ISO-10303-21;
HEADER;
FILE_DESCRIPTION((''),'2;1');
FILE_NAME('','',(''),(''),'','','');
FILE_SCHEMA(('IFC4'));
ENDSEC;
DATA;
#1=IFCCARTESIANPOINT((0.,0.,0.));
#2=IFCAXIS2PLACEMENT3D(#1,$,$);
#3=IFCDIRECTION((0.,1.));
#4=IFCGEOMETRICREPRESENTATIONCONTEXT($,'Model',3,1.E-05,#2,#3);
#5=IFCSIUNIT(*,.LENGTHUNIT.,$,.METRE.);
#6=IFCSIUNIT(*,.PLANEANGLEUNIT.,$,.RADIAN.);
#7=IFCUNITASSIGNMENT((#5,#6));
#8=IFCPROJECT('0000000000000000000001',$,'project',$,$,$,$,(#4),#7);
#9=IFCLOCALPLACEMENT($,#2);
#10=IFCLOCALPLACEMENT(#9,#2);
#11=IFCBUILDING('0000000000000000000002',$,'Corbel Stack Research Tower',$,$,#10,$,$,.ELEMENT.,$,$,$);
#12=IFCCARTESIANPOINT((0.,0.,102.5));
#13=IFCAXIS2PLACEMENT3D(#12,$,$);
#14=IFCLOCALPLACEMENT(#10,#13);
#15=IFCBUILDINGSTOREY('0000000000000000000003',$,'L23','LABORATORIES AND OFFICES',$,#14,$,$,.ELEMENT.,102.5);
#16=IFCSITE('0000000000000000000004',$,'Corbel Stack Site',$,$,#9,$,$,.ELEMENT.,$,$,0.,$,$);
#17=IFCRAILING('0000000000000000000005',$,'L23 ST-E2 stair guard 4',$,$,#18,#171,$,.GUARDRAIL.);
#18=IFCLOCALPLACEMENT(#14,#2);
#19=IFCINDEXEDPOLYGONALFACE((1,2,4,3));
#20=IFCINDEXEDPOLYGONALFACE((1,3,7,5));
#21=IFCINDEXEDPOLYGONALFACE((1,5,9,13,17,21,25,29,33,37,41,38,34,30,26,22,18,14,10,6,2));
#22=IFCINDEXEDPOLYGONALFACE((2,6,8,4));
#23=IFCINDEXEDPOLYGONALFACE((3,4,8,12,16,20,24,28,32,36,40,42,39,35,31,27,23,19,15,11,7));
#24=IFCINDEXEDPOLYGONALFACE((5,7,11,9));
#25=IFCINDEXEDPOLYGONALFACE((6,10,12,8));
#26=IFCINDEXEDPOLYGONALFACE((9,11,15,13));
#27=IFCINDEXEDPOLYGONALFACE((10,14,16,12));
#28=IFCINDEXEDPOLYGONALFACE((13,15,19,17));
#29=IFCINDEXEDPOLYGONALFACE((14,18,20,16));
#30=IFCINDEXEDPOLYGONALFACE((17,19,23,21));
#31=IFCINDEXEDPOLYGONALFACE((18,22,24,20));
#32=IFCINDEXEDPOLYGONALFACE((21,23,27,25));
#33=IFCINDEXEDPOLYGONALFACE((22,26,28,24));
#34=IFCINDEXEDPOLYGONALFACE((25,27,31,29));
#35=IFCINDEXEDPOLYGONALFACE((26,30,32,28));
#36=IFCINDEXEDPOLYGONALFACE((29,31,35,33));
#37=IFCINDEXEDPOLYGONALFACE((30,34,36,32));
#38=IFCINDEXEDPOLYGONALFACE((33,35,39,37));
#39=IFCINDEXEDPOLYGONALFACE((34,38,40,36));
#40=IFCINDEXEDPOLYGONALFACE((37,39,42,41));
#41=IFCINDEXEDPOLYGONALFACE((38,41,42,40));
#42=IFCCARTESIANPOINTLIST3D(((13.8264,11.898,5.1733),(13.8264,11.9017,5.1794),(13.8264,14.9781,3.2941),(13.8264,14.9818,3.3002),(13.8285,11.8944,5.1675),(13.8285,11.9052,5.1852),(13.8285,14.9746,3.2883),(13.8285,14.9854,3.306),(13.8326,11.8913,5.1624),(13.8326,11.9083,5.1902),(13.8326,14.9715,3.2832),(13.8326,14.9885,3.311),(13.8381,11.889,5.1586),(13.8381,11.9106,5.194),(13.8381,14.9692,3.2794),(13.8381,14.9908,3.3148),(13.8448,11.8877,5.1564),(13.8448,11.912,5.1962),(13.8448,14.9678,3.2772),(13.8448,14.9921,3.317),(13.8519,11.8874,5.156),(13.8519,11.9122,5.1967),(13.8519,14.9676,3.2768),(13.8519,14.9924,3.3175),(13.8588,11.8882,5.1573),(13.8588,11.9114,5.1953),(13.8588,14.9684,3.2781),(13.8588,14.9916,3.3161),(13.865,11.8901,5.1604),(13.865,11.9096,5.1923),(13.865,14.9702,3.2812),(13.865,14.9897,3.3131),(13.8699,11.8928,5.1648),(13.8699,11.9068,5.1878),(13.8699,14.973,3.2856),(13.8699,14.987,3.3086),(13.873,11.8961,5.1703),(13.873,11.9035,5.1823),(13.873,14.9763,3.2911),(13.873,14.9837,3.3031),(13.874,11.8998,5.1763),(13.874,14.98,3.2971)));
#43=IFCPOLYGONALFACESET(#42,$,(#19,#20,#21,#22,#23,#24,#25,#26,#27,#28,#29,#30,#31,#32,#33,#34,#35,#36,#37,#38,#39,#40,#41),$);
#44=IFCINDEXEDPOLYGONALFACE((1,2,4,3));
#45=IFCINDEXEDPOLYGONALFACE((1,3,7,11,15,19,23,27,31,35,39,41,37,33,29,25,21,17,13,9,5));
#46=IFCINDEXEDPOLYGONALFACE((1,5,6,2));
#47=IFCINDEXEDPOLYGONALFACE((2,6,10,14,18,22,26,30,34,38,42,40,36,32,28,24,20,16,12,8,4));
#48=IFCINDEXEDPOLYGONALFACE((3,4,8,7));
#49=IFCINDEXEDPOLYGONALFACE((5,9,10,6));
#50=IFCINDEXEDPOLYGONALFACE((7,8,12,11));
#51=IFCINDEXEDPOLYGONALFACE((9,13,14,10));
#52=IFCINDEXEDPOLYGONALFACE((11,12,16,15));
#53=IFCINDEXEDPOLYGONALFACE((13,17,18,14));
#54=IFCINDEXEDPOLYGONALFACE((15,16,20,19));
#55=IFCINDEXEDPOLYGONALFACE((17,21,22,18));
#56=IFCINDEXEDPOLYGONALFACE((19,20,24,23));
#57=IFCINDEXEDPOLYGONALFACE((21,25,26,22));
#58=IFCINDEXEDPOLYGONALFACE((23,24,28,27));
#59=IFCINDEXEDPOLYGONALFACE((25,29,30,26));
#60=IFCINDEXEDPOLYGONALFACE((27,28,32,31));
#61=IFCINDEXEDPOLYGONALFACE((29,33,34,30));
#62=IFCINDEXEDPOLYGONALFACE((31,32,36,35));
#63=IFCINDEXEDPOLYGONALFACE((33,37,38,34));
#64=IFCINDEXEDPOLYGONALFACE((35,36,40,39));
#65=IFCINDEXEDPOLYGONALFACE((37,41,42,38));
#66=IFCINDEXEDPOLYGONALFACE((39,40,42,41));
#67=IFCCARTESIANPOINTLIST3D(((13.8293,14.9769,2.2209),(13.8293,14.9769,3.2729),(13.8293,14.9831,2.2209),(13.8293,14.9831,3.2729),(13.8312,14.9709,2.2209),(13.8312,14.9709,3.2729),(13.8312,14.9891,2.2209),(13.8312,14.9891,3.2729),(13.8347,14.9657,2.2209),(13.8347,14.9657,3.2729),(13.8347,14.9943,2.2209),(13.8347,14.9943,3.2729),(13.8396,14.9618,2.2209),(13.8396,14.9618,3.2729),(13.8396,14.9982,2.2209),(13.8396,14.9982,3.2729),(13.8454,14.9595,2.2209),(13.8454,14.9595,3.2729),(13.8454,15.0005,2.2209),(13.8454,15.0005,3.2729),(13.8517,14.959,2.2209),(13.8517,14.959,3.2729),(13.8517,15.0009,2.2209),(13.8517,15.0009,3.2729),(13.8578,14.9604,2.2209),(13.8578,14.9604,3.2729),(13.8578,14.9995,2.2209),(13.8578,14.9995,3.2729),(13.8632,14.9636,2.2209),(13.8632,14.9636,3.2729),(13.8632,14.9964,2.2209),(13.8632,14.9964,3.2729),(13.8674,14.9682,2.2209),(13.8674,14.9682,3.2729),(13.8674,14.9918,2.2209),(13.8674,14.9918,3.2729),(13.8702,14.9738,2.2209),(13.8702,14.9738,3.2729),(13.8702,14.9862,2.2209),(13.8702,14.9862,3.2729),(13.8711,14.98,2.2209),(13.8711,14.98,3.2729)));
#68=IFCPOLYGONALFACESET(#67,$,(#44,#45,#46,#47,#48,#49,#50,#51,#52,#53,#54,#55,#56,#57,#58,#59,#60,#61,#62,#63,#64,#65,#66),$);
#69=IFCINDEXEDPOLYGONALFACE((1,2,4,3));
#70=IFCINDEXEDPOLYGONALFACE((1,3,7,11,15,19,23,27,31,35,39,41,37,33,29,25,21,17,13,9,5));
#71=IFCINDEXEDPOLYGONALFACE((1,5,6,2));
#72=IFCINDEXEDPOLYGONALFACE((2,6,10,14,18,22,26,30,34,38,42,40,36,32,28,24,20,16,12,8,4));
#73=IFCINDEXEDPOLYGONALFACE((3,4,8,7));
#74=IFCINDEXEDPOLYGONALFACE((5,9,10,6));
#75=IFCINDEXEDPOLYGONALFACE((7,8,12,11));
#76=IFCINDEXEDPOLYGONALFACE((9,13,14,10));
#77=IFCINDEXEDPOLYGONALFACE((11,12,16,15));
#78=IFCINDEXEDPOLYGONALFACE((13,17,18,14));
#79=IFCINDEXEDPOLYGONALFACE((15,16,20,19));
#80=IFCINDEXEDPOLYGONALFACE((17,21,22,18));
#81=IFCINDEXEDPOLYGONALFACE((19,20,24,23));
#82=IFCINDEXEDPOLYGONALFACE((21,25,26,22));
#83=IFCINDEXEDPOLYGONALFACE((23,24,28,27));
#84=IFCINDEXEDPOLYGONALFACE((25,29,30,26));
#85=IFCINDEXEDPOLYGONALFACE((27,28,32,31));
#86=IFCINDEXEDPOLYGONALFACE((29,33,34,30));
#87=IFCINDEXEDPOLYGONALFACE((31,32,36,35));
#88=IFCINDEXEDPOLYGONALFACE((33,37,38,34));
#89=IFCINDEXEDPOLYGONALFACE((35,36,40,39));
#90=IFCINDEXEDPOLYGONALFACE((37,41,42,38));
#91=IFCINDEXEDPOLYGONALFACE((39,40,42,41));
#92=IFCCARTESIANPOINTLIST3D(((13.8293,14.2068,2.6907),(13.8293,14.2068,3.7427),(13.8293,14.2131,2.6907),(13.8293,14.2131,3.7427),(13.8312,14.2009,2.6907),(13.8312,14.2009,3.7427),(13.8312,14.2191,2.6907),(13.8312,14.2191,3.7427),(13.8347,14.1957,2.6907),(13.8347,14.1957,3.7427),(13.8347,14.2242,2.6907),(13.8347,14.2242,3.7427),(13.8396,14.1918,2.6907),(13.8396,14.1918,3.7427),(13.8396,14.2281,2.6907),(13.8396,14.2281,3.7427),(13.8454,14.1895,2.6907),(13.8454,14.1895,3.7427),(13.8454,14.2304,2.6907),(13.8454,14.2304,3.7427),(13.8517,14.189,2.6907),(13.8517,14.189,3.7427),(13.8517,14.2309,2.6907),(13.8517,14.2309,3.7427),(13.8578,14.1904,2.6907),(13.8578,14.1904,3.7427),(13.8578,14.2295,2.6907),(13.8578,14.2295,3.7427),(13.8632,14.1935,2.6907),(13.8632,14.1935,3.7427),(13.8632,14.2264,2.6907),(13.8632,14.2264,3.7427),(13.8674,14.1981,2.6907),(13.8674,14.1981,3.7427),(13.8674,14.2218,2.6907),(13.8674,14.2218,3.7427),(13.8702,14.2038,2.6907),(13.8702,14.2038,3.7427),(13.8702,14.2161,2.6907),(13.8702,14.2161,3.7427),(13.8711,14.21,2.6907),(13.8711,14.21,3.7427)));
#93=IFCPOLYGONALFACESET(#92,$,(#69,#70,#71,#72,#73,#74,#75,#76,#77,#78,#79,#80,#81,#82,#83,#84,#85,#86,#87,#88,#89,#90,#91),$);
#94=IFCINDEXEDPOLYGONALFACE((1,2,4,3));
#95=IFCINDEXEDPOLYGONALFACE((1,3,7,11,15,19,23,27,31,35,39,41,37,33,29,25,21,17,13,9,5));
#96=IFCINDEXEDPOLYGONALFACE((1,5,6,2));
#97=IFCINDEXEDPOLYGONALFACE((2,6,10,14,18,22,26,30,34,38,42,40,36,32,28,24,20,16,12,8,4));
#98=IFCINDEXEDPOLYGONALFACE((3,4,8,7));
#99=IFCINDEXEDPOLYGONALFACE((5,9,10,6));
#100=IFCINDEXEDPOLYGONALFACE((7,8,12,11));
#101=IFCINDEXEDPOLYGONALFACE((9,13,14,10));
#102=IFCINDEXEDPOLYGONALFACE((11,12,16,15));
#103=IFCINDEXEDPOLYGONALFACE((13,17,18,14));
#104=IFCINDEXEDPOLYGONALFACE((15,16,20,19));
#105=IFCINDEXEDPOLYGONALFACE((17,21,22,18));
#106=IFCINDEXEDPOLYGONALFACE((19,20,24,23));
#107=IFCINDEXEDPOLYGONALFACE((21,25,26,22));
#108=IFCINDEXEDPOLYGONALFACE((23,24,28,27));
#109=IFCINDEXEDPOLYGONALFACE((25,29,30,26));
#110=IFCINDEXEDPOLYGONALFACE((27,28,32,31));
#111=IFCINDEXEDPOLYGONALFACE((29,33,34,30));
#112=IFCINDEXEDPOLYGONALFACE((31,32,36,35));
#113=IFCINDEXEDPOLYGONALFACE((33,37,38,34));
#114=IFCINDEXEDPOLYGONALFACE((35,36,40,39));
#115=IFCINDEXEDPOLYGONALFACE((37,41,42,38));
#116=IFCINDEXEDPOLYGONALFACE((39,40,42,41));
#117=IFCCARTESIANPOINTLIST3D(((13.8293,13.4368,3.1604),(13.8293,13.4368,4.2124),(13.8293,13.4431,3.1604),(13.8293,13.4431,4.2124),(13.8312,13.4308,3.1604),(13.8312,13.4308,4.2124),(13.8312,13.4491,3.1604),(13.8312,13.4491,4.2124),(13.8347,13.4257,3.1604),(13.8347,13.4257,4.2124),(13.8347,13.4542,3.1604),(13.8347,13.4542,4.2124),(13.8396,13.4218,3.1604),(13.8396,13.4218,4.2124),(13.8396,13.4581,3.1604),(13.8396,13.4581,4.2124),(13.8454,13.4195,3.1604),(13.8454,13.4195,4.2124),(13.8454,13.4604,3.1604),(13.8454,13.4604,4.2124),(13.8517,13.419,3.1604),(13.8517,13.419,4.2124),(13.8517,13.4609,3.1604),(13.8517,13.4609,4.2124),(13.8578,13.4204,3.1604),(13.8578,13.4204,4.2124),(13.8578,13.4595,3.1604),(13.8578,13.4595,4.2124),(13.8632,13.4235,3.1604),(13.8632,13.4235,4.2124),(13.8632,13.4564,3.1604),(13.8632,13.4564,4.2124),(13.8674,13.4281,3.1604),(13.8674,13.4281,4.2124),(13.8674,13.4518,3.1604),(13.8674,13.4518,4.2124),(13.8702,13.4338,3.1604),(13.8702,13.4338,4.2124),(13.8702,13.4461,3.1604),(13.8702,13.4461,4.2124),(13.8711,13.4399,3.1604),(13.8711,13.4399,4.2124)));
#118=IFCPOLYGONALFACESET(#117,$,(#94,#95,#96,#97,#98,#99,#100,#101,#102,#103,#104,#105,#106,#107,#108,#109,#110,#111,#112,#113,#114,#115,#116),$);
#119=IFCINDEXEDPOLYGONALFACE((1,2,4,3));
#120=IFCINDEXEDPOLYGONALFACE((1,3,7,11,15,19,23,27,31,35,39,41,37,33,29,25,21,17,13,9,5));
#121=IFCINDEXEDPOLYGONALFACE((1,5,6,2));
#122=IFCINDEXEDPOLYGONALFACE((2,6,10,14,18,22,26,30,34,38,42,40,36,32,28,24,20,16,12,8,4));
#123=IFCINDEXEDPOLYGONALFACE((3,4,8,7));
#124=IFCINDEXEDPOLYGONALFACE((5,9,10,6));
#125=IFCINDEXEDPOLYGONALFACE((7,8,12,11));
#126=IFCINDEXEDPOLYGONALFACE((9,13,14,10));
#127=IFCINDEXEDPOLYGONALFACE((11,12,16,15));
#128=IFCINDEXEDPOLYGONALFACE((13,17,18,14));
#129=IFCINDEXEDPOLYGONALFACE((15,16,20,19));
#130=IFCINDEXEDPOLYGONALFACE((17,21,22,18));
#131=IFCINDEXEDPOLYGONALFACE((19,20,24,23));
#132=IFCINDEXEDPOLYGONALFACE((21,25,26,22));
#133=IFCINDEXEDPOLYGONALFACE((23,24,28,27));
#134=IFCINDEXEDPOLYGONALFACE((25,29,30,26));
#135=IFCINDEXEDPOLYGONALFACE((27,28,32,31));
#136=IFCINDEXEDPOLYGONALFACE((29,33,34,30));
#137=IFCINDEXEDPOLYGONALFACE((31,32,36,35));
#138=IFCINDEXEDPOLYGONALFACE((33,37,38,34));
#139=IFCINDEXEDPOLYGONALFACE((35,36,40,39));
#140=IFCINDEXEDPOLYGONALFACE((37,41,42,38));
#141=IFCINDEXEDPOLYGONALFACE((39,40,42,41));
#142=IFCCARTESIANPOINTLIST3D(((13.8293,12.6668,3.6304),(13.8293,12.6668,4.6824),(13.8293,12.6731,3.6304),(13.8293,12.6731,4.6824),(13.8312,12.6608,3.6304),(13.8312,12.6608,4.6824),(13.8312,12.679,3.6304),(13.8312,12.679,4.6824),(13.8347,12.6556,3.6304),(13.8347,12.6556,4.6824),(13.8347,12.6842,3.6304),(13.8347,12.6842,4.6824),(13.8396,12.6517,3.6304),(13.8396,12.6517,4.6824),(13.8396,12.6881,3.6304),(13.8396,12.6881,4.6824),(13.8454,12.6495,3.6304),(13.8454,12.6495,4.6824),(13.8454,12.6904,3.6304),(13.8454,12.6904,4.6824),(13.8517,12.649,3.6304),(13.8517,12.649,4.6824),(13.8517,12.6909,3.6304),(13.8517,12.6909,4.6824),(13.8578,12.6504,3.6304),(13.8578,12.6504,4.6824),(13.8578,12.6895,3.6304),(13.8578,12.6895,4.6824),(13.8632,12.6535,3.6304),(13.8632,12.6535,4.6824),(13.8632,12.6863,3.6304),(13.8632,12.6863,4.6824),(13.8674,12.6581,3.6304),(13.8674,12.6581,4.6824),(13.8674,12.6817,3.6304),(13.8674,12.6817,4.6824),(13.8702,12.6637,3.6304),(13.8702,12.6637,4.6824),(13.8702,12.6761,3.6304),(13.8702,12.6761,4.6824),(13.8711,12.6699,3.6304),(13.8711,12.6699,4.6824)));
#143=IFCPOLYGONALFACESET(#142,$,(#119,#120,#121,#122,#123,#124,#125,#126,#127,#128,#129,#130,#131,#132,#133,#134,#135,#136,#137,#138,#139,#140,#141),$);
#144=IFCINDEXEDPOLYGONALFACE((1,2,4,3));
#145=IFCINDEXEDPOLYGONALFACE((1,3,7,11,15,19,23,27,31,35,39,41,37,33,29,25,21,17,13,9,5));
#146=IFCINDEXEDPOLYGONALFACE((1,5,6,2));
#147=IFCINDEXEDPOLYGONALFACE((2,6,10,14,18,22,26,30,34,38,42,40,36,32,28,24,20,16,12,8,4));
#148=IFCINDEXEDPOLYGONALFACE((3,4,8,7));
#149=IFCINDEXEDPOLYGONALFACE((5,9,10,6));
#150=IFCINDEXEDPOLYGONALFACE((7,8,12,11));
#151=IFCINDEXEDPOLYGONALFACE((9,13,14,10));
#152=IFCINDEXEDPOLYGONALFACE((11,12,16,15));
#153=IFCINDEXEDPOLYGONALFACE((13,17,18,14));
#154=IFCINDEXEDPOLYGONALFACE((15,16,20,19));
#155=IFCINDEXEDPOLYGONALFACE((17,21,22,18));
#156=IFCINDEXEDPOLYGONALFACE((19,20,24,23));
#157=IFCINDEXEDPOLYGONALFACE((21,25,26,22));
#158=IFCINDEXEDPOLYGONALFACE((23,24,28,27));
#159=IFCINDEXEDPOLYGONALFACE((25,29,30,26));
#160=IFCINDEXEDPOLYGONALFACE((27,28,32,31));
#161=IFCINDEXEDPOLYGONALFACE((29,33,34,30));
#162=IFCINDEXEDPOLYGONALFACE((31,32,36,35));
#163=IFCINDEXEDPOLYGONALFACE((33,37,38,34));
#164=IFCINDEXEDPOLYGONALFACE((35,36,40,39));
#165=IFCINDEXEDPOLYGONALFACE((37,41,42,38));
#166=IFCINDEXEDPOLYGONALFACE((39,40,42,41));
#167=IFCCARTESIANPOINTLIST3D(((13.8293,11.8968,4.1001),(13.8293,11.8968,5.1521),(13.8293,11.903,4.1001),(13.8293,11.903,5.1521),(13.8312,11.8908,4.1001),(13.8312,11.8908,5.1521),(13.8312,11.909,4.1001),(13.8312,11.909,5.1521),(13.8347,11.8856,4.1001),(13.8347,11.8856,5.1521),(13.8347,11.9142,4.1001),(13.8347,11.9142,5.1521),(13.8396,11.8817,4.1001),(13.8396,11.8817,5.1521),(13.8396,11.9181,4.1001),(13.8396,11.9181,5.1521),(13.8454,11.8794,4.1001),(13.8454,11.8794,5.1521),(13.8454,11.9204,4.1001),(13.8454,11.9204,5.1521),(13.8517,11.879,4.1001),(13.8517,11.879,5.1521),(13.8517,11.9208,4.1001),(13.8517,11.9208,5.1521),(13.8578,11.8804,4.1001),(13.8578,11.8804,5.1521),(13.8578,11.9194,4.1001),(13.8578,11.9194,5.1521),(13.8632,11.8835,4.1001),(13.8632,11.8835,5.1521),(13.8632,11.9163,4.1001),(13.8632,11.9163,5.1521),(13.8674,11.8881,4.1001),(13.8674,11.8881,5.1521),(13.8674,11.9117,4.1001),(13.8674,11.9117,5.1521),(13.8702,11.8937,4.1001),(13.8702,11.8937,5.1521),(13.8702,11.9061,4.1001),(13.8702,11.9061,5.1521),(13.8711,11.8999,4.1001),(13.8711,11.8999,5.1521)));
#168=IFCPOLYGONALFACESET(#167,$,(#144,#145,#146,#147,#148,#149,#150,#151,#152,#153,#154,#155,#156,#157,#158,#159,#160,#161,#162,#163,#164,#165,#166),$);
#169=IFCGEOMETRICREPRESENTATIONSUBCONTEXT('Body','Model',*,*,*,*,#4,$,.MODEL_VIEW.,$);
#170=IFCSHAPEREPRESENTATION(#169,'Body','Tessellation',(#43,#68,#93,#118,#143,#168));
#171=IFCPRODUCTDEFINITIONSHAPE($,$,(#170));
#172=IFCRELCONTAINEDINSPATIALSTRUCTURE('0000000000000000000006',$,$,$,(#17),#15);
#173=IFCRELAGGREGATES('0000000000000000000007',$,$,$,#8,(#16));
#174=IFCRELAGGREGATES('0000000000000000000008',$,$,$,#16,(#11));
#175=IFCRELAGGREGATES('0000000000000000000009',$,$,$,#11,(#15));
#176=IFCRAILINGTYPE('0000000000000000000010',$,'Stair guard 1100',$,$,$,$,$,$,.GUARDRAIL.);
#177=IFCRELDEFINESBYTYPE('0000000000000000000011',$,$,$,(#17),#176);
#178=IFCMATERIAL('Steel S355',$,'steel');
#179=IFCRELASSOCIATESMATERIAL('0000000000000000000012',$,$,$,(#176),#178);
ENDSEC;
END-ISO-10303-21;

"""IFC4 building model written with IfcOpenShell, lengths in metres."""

from ifc_helpers import new_model, si_unit, direction, frame, origin, origin_2d, place, context, subcontext, project, spatial, circle, extrude, material, type_object, element, save


model = new_model("IFC4")

# Units and contexts
model_context = context("Model", 3, precision=1e-05, world=origin(), true_north=direction((0.0, 1.0)))
body_context = subcontext(model_context, "Body", "Model", "MODEL_VIEW")
ifc_project = project(units=[si_unit("LENGTHUNIT", "METRE"), si_unit("PLANEANGLEUNIT", "RADIAN")], contexts=[model_context])

# Site, building, storey
site_placement = place(None, origin())
site = spatial("IfcSite", under=ifc_project, at=site_placement, Name="Corbel Stack Site", CompositionType="ELEMENT", RefElevation=0.0)
building_placement = place(site_placement, origin())
building = spatial("IfcBuilding", under=site, at=building_placement, Name="Corbel Stack Research Tower", CompositionType="ELEMENT")
storey_placement = place(building_placement, frame((0.0, 0.0, 102.5)))
storey = spatial("IfcBuildingStorey", under=building, at=storey_placement, Name="L23", Description="LABORATORIES AND OFFICES", CompositionType="ELEMENT", Elevation=102.5)

# Railing
ifc_material_1 = material(Name="Steel S355", Category="steel")
railing_type_1 = type_object("IfcRailingType", Name="Stair guard 1100", PredefinedType="GUARDRAIL", material=ifc_material_1)
railing_1_placement = place(storey_placement, frame((13.8501, 14.98, 2.2209)))
element("IfcRailing", 1, at=railing_1_placement, inside=storey, type_object=railing_type_1, Name="L23 ST-E2 stair guard 4", PredefinedType="GUARDRAIL", context=body_context, shape_type="SweptSolid", body=[
    extrude(circle(Radius=0.0239, at=origin_2d()), frame((0.0, 0.0, 1.0762), z_axis=(0.0, -0.853666, 0.52082), x_axis=(1.0, 0.0, 0.0)), (0.0, 0.0, 1.0), 3.6082),
    extrude(circle(Radius=0.021, at=origin_2d()), origin(), (0.0, 0.0, 1.0), 1.052),
    extrude(circle(Radius=0.021, at=origin_2d()), frame((0.0, -0.77, 0.4697)), (0.0, 0.0, 1.0), 1.052),
    extrude(circle(Radius=0.021, at=origin_2d()), frame((0.0, -1.54, 0.9395)), (0.0, 0.0, 1.0), 1.052),
    extrude(circle(Radius=0.021, at=origin_2d()), frame((0.0, -2.3101, 1.4094)), (0.0, 0.0, 1.0), 1.052),
    extrude(circle(Radius=0.021, at=origin_2d()), frame((0.0, -3.0801, 1.8792)), (0.0, 0.0, 1.0), 1.052),
])

save(model, "model.ifc")
